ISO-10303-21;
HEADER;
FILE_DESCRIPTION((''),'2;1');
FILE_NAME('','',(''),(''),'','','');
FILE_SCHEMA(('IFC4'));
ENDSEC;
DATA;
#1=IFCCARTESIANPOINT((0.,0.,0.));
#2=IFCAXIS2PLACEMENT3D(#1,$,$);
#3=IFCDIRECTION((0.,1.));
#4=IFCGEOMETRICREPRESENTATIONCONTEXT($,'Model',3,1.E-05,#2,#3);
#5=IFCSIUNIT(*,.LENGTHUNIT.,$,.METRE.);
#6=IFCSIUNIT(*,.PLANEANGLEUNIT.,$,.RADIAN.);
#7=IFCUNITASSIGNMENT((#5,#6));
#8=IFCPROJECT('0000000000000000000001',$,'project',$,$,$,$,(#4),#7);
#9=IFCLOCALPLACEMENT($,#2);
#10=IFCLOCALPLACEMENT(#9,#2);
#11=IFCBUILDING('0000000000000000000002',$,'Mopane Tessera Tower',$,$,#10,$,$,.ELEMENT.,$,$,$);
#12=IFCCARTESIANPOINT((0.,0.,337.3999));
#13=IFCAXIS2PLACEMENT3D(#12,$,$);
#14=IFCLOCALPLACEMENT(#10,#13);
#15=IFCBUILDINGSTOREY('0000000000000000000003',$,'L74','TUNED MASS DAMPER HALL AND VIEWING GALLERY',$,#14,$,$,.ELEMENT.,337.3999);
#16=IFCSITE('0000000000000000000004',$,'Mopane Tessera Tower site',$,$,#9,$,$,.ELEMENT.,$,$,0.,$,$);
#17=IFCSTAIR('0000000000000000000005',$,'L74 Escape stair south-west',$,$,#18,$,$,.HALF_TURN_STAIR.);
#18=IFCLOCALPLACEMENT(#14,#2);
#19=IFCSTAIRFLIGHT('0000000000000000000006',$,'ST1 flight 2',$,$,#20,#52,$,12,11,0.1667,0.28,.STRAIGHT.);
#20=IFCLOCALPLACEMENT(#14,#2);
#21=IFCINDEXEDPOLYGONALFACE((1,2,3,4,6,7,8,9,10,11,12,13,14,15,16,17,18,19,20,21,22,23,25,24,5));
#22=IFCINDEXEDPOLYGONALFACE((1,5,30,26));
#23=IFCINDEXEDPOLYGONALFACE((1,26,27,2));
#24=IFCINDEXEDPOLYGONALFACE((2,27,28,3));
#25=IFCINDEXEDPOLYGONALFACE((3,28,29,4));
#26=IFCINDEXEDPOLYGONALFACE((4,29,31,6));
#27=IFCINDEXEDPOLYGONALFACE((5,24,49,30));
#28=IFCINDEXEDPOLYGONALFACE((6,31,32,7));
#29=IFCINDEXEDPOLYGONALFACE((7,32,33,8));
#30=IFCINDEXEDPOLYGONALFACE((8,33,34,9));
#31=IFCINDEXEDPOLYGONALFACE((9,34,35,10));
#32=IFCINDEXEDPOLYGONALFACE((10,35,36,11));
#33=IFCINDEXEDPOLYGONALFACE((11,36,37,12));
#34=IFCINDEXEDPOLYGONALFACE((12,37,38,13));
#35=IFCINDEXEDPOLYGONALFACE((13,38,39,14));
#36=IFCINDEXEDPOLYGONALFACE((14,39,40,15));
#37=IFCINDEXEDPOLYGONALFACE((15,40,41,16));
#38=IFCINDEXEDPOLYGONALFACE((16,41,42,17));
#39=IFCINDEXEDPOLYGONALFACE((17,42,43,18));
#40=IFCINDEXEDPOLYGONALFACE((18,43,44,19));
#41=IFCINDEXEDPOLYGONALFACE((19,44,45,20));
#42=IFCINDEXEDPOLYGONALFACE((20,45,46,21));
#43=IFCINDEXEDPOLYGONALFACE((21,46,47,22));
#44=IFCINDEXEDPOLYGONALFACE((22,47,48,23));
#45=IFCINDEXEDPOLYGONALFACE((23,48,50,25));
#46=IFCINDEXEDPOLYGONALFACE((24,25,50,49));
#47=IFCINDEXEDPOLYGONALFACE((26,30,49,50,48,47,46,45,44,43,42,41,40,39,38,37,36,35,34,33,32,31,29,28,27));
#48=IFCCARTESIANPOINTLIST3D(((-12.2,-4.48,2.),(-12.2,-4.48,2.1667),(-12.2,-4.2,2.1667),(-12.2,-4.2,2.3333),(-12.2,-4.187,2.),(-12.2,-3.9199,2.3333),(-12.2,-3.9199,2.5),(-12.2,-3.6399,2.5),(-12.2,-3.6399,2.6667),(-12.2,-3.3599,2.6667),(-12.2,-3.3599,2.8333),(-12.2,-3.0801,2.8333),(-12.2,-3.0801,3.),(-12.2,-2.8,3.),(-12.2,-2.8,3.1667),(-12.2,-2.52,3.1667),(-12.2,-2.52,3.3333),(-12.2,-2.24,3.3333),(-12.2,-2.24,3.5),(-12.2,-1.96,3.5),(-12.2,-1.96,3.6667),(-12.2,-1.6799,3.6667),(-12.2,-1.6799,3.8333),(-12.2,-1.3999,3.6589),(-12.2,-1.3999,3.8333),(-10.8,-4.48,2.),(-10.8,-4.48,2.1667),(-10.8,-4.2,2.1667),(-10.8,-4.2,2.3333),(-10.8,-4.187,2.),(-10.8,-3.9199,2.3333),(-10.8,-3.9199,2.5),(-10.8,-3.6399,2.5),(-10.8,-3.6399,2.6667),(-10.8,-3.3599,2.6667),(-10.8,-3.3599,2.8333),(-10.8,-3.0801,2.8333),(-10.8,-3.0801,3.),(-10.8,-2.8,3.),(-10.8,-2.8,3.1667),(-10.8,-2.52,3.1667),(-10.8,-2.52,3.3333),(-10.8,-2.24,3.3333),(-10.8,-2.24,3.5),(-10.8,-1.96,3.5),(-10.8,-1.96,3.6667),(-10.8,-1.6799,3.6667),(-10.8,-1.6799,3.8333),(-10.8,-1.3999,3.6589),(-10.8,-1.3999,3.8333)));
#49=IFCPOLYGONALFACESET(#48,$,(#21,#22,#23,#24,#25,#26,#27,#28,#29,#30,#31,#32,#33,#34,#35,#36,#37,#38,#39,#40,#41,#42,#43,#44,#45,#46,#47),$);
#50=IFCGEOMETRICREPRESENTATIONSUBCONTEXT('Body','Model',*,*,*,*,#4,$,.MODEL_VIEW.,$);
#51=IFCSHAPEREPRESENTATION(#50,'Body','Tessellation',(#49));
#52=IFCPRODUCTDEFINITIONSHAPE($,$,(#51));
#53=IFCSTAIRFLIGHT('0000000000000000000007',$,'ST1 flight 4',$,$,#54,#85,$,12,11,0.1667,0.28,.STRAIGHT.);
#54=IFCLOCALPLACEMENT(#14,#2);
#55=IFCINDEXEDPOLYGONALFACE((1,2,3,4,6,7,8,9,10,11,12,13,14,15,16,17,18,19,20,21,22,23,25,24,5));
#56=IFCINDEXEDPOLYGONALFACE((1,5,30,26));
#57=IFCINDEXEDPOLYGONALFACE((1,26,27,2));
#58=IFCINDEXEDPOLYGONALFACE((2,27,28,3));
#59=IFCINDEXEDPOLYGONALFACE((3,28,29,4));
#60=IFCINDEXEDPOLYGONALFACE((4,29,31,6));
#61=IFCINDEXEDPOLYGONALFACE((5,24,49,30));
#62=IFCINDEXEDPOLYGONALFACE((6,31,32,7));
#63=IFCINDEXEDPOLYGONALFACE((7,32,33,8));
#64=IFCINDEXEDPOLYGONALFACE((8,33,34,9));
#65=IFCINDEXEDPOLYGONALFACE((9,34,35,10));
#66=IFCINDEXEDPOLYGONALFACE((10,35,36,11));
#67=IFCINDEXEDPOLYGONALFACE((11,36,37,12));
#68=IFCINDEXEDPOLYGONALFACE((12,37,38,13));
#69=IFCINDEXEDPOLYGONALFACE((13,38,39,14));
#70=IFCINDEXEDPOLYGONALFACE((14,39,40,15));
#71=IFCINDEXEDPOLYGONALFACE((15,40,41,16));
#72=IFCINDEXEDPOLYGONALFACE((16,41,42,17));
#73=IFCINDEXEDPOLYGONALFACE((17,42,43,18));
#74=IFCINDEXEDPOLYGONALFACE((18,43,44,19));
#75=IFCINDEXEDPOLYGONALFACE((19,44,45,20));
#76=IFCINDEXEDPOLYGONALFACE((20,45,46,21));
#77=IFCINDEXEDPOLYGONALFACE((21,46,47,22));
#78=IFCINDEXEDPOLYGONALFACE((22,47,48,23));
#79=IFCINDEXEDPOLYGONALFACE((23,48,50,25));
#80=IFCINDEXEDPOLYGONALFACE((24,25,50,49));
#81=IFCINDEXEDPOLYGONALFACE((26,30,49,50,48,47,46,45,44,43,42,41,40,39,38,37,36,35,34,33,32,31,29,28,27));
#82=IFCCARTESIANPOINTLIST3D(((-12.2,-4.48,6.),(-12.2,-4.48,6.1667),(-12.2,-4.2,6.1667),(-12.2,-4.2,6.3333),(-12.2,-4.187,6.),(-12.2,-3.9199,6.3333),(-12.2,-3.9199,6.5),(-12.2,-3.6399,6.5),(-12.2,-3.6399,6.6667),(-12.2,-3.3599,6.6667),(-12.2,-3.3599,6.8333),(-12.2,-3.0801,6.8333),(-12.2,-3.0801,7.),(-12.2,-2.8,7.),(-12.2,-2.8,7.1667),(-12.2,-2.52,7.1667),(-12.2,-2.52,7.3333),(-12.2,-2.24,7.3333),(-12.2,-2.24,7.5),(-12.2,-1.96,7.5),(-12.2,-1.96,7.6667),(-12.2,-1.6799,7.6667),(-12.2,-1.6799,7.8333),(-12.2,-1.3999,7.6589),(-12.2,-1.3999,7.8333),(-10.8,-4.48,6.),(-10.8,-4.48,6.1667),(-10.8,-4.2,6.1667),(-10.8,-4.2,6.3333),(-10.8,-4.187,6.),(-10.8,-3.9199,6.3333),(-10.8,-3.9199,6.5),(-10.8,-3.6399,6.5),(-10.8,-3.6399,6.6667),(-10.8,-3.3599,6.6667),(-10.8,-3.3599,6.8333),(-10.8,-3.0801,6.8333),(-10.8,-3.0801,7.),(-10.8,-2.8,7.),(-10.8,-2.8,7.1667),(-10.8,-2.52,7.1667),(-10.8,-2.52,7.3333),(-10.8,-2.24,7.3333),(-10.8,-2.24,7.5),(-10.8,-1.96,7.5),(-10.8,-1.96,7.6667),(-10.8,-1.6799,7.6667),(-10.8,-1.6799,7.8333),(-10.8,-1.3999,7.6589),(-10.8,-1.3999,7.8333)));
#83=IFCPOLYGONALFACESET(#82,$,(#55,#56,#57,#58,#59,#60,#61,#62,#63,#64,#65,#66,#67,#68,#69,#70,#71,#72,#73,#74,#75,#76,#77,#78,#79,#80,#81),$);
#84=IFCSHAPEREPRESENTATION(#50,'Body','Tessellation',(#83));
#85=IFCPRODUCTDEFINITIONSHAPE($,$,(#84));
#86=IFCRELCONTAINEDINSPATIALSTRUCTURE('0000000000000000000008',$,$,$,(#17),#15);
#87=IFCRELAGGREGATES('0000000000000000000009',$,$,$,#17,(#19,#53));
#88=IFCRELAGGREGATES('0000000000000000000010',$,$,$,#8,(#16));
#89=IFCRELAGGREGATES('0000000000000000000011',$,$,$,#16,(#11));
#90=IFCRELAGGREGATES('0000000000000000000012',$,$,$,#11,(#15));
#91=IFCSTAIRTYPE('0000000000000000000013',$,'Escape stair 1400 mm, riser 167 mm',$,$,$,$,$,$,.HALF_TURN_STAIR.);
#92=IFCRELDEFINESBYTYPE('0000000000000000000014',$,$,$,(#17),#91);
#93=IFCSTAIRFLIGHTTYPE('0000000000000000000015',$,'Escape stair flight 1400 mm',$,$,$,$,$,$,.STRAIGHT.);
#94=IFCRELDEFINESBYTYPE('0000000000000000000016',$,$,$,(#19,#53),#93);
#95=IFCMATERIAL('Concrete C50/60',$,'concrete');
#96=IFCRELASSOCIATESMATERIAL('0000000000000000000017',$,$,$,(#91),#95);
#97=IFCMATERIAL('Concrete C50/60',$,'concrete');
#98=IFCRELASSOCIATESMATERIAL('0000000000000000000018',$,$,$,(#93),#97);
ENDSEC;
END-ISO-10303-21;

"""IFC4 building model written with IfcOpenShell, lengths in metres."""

from ifc_helpers import new_model, si_unit, direction, frame, origin, place, context, subcontext, project, spatial, polyline, outline, extrude, material, type_object, element, aggregate, save


model = new_model("IFC4")

# Units and contexts
model_context = context("Model", 3, precision=1e-05, world=origin(), true_north=direction((0.0, 1.0)))
body_context = subcontext(model_context, "Body", "Model", "MODEL_VIEW")
ifc_project = project(units=[si_unit("LENGTHUNIT", "METRE"), si_unit("PLANEANGLEUNIT", "RADIAN")], contexts=[model_context])

# Site, building, storey
site_placement = place(None, origin())
site = spatial("IfcSite", under=ifc_project, at=site_placement, Name="Mopane Tessera Tower site", CompositionType="ELEMENT", RefElevation=0.0)
building_placement = place(site_placement, origin())
building = spatial("IfcBuilding", under=site, at=building_placement, Name="Mopane Tessera Tower", CompositionType="ELEMENT")
storey_placement = place(building_placement, frame((0.0, 0.0, 337.3999)))
storey = spatial("IfcBuildingStorey", under=building, at=storey_placement, Name="L74", Description="TUNED MASS DAMPER HALL AND VIEWING GALLERY", CompositionType="ELEMENT", Elevation=337.3999)

# Stair, stair flights
ifc_material_1 = material(Name="Concrete C50/60", Category="concrete")
stair_type = type_object("IfcStairType", Name="Escape stair 1400 mm, riser 167 mm", PredefinedType="HALF_TURN_STAIR", material=ifc_material_1)
stair_placement = place(storey_placement, origin())
stair = element("IfcStair", 1, at=stair_placement, inside=storey, type_object=stair_type, Name="L74 Escape stair south-west", PredefinedType="HALF_TURN_STAIR")
ifc_material_2 = material(Name="Concrete C50/60", Category="concrete")
stair_flight_type = type_object("IfcStairFlightType", Name="Escape stair flight 1400 mm", PredefinedType="STRAIGHT", material=ifc_material_2)
stair_flight_1_placement = place(storey_placement, frame((-11.5, -4.48, 2.0), z_axis=(0.0, 0.0, 1.0), x_axis=(0.0, 1.0, 0.0)))
stair_flight_1 = element("IfcStairFlight", 2, at=stair_flight_1_placement, type_object=stair_flight_type, Name="ST1 flight 2", NumberOfRisers=12, NumberOfTreads=11, PredefinedType="STRAIGHT", RiserHeight=0.1667, TreadLength=0.28, context=body_context, shape_type="SweptSolid", body=[
    extrude(outline(polyline([(0.0, 0.0), (0.0, 0.1667), (0.28, 0.1667), (0.28, 0.3333), (0.5601, 0.3333), (0.5601, 0.5), (0.8401, 0.5), (0.8401, 0.6667), (1.1201, 0.6667), (1.1201, 0.8333), (1.3999, 0.8333), (1.3999, 1.0), (1.6799, 1.0), (1.6799, 1.1667), (1.96, 1.1667), (1.96, 1.3333), (2.24, 1.3333), (2.24, 1.5), (2.52, 1.5), (2.52, 1.6667), (2.8, 1.6667), (2.8, 1.8333), (3.0801, 1.8333), (3.0801, 2.0), (3.0801, 1.6589), (0.293, 0.0), (0.0, 0.0)])), frame((0.0, 0.7, 0.0), z_axis=(0.0, -1.0, 0.0), x_axis=(1.0, 0.0, 0.0)), (0.0, 0.0, 1.0), 1.3999),
])
stair_flight_2_placement = place(storey_placement, frame((-11.5, -4.48, 6.0), z_axis=(0.0, 0.0, 1.0), x_axis=(0.0, 1.0, 0.0)))
stair_flight_2 = element("IfcStairFlight", 3, at=stair_flight_2_placement, type_object=stair_flight_type, Name="ST1 flight 4", NumberOfRisers=12, NumberOfTreads=11, PredefinedType="STRAIGHT", RiserHeight=0.1667, TreadLength=0.28, context=body_context, shape_type="SweptSolid", body=[
    extrude(outline(polyline([(0.0, 0.0), (0.0, 0.1667), (0.28, 0.1667), (0.28, 0.3333), (0.5601, 0.3333), (0.5601, 0.5), (0.8401, 0.5), (0.8401, 0.6667), (1.1201, 0.6667), (1.1201, 0.8333), (1.3999, 0.8333), (1.3999, 1.0), (1.6799, 1.0), (1.6799, 1.1667), (1.96, 1.1667), (1.96, 1.3333), (2.24, 1.3333), (2.24, 1.5), (2.52, 1.5), (2.52, 1.6667), (2.8, 1.6667), (2.8, 1.8333), (3.0801, 1.8333), (3.0801, 2.0), (3.0801, 1.6589), (0.293, 0.0), (0.0, 0.0)])), frame((0.0, 0.7, 0.0), z_axis=(0.0, -1.0, 0.0), x_axis=(1.0, 0.0, 0.0)), (0.0, 0.0, 1.0), 1.3999),
])
aggregate(stair, [stair_flight_1, stair_flight_2])

save(model, "model.ifc")
